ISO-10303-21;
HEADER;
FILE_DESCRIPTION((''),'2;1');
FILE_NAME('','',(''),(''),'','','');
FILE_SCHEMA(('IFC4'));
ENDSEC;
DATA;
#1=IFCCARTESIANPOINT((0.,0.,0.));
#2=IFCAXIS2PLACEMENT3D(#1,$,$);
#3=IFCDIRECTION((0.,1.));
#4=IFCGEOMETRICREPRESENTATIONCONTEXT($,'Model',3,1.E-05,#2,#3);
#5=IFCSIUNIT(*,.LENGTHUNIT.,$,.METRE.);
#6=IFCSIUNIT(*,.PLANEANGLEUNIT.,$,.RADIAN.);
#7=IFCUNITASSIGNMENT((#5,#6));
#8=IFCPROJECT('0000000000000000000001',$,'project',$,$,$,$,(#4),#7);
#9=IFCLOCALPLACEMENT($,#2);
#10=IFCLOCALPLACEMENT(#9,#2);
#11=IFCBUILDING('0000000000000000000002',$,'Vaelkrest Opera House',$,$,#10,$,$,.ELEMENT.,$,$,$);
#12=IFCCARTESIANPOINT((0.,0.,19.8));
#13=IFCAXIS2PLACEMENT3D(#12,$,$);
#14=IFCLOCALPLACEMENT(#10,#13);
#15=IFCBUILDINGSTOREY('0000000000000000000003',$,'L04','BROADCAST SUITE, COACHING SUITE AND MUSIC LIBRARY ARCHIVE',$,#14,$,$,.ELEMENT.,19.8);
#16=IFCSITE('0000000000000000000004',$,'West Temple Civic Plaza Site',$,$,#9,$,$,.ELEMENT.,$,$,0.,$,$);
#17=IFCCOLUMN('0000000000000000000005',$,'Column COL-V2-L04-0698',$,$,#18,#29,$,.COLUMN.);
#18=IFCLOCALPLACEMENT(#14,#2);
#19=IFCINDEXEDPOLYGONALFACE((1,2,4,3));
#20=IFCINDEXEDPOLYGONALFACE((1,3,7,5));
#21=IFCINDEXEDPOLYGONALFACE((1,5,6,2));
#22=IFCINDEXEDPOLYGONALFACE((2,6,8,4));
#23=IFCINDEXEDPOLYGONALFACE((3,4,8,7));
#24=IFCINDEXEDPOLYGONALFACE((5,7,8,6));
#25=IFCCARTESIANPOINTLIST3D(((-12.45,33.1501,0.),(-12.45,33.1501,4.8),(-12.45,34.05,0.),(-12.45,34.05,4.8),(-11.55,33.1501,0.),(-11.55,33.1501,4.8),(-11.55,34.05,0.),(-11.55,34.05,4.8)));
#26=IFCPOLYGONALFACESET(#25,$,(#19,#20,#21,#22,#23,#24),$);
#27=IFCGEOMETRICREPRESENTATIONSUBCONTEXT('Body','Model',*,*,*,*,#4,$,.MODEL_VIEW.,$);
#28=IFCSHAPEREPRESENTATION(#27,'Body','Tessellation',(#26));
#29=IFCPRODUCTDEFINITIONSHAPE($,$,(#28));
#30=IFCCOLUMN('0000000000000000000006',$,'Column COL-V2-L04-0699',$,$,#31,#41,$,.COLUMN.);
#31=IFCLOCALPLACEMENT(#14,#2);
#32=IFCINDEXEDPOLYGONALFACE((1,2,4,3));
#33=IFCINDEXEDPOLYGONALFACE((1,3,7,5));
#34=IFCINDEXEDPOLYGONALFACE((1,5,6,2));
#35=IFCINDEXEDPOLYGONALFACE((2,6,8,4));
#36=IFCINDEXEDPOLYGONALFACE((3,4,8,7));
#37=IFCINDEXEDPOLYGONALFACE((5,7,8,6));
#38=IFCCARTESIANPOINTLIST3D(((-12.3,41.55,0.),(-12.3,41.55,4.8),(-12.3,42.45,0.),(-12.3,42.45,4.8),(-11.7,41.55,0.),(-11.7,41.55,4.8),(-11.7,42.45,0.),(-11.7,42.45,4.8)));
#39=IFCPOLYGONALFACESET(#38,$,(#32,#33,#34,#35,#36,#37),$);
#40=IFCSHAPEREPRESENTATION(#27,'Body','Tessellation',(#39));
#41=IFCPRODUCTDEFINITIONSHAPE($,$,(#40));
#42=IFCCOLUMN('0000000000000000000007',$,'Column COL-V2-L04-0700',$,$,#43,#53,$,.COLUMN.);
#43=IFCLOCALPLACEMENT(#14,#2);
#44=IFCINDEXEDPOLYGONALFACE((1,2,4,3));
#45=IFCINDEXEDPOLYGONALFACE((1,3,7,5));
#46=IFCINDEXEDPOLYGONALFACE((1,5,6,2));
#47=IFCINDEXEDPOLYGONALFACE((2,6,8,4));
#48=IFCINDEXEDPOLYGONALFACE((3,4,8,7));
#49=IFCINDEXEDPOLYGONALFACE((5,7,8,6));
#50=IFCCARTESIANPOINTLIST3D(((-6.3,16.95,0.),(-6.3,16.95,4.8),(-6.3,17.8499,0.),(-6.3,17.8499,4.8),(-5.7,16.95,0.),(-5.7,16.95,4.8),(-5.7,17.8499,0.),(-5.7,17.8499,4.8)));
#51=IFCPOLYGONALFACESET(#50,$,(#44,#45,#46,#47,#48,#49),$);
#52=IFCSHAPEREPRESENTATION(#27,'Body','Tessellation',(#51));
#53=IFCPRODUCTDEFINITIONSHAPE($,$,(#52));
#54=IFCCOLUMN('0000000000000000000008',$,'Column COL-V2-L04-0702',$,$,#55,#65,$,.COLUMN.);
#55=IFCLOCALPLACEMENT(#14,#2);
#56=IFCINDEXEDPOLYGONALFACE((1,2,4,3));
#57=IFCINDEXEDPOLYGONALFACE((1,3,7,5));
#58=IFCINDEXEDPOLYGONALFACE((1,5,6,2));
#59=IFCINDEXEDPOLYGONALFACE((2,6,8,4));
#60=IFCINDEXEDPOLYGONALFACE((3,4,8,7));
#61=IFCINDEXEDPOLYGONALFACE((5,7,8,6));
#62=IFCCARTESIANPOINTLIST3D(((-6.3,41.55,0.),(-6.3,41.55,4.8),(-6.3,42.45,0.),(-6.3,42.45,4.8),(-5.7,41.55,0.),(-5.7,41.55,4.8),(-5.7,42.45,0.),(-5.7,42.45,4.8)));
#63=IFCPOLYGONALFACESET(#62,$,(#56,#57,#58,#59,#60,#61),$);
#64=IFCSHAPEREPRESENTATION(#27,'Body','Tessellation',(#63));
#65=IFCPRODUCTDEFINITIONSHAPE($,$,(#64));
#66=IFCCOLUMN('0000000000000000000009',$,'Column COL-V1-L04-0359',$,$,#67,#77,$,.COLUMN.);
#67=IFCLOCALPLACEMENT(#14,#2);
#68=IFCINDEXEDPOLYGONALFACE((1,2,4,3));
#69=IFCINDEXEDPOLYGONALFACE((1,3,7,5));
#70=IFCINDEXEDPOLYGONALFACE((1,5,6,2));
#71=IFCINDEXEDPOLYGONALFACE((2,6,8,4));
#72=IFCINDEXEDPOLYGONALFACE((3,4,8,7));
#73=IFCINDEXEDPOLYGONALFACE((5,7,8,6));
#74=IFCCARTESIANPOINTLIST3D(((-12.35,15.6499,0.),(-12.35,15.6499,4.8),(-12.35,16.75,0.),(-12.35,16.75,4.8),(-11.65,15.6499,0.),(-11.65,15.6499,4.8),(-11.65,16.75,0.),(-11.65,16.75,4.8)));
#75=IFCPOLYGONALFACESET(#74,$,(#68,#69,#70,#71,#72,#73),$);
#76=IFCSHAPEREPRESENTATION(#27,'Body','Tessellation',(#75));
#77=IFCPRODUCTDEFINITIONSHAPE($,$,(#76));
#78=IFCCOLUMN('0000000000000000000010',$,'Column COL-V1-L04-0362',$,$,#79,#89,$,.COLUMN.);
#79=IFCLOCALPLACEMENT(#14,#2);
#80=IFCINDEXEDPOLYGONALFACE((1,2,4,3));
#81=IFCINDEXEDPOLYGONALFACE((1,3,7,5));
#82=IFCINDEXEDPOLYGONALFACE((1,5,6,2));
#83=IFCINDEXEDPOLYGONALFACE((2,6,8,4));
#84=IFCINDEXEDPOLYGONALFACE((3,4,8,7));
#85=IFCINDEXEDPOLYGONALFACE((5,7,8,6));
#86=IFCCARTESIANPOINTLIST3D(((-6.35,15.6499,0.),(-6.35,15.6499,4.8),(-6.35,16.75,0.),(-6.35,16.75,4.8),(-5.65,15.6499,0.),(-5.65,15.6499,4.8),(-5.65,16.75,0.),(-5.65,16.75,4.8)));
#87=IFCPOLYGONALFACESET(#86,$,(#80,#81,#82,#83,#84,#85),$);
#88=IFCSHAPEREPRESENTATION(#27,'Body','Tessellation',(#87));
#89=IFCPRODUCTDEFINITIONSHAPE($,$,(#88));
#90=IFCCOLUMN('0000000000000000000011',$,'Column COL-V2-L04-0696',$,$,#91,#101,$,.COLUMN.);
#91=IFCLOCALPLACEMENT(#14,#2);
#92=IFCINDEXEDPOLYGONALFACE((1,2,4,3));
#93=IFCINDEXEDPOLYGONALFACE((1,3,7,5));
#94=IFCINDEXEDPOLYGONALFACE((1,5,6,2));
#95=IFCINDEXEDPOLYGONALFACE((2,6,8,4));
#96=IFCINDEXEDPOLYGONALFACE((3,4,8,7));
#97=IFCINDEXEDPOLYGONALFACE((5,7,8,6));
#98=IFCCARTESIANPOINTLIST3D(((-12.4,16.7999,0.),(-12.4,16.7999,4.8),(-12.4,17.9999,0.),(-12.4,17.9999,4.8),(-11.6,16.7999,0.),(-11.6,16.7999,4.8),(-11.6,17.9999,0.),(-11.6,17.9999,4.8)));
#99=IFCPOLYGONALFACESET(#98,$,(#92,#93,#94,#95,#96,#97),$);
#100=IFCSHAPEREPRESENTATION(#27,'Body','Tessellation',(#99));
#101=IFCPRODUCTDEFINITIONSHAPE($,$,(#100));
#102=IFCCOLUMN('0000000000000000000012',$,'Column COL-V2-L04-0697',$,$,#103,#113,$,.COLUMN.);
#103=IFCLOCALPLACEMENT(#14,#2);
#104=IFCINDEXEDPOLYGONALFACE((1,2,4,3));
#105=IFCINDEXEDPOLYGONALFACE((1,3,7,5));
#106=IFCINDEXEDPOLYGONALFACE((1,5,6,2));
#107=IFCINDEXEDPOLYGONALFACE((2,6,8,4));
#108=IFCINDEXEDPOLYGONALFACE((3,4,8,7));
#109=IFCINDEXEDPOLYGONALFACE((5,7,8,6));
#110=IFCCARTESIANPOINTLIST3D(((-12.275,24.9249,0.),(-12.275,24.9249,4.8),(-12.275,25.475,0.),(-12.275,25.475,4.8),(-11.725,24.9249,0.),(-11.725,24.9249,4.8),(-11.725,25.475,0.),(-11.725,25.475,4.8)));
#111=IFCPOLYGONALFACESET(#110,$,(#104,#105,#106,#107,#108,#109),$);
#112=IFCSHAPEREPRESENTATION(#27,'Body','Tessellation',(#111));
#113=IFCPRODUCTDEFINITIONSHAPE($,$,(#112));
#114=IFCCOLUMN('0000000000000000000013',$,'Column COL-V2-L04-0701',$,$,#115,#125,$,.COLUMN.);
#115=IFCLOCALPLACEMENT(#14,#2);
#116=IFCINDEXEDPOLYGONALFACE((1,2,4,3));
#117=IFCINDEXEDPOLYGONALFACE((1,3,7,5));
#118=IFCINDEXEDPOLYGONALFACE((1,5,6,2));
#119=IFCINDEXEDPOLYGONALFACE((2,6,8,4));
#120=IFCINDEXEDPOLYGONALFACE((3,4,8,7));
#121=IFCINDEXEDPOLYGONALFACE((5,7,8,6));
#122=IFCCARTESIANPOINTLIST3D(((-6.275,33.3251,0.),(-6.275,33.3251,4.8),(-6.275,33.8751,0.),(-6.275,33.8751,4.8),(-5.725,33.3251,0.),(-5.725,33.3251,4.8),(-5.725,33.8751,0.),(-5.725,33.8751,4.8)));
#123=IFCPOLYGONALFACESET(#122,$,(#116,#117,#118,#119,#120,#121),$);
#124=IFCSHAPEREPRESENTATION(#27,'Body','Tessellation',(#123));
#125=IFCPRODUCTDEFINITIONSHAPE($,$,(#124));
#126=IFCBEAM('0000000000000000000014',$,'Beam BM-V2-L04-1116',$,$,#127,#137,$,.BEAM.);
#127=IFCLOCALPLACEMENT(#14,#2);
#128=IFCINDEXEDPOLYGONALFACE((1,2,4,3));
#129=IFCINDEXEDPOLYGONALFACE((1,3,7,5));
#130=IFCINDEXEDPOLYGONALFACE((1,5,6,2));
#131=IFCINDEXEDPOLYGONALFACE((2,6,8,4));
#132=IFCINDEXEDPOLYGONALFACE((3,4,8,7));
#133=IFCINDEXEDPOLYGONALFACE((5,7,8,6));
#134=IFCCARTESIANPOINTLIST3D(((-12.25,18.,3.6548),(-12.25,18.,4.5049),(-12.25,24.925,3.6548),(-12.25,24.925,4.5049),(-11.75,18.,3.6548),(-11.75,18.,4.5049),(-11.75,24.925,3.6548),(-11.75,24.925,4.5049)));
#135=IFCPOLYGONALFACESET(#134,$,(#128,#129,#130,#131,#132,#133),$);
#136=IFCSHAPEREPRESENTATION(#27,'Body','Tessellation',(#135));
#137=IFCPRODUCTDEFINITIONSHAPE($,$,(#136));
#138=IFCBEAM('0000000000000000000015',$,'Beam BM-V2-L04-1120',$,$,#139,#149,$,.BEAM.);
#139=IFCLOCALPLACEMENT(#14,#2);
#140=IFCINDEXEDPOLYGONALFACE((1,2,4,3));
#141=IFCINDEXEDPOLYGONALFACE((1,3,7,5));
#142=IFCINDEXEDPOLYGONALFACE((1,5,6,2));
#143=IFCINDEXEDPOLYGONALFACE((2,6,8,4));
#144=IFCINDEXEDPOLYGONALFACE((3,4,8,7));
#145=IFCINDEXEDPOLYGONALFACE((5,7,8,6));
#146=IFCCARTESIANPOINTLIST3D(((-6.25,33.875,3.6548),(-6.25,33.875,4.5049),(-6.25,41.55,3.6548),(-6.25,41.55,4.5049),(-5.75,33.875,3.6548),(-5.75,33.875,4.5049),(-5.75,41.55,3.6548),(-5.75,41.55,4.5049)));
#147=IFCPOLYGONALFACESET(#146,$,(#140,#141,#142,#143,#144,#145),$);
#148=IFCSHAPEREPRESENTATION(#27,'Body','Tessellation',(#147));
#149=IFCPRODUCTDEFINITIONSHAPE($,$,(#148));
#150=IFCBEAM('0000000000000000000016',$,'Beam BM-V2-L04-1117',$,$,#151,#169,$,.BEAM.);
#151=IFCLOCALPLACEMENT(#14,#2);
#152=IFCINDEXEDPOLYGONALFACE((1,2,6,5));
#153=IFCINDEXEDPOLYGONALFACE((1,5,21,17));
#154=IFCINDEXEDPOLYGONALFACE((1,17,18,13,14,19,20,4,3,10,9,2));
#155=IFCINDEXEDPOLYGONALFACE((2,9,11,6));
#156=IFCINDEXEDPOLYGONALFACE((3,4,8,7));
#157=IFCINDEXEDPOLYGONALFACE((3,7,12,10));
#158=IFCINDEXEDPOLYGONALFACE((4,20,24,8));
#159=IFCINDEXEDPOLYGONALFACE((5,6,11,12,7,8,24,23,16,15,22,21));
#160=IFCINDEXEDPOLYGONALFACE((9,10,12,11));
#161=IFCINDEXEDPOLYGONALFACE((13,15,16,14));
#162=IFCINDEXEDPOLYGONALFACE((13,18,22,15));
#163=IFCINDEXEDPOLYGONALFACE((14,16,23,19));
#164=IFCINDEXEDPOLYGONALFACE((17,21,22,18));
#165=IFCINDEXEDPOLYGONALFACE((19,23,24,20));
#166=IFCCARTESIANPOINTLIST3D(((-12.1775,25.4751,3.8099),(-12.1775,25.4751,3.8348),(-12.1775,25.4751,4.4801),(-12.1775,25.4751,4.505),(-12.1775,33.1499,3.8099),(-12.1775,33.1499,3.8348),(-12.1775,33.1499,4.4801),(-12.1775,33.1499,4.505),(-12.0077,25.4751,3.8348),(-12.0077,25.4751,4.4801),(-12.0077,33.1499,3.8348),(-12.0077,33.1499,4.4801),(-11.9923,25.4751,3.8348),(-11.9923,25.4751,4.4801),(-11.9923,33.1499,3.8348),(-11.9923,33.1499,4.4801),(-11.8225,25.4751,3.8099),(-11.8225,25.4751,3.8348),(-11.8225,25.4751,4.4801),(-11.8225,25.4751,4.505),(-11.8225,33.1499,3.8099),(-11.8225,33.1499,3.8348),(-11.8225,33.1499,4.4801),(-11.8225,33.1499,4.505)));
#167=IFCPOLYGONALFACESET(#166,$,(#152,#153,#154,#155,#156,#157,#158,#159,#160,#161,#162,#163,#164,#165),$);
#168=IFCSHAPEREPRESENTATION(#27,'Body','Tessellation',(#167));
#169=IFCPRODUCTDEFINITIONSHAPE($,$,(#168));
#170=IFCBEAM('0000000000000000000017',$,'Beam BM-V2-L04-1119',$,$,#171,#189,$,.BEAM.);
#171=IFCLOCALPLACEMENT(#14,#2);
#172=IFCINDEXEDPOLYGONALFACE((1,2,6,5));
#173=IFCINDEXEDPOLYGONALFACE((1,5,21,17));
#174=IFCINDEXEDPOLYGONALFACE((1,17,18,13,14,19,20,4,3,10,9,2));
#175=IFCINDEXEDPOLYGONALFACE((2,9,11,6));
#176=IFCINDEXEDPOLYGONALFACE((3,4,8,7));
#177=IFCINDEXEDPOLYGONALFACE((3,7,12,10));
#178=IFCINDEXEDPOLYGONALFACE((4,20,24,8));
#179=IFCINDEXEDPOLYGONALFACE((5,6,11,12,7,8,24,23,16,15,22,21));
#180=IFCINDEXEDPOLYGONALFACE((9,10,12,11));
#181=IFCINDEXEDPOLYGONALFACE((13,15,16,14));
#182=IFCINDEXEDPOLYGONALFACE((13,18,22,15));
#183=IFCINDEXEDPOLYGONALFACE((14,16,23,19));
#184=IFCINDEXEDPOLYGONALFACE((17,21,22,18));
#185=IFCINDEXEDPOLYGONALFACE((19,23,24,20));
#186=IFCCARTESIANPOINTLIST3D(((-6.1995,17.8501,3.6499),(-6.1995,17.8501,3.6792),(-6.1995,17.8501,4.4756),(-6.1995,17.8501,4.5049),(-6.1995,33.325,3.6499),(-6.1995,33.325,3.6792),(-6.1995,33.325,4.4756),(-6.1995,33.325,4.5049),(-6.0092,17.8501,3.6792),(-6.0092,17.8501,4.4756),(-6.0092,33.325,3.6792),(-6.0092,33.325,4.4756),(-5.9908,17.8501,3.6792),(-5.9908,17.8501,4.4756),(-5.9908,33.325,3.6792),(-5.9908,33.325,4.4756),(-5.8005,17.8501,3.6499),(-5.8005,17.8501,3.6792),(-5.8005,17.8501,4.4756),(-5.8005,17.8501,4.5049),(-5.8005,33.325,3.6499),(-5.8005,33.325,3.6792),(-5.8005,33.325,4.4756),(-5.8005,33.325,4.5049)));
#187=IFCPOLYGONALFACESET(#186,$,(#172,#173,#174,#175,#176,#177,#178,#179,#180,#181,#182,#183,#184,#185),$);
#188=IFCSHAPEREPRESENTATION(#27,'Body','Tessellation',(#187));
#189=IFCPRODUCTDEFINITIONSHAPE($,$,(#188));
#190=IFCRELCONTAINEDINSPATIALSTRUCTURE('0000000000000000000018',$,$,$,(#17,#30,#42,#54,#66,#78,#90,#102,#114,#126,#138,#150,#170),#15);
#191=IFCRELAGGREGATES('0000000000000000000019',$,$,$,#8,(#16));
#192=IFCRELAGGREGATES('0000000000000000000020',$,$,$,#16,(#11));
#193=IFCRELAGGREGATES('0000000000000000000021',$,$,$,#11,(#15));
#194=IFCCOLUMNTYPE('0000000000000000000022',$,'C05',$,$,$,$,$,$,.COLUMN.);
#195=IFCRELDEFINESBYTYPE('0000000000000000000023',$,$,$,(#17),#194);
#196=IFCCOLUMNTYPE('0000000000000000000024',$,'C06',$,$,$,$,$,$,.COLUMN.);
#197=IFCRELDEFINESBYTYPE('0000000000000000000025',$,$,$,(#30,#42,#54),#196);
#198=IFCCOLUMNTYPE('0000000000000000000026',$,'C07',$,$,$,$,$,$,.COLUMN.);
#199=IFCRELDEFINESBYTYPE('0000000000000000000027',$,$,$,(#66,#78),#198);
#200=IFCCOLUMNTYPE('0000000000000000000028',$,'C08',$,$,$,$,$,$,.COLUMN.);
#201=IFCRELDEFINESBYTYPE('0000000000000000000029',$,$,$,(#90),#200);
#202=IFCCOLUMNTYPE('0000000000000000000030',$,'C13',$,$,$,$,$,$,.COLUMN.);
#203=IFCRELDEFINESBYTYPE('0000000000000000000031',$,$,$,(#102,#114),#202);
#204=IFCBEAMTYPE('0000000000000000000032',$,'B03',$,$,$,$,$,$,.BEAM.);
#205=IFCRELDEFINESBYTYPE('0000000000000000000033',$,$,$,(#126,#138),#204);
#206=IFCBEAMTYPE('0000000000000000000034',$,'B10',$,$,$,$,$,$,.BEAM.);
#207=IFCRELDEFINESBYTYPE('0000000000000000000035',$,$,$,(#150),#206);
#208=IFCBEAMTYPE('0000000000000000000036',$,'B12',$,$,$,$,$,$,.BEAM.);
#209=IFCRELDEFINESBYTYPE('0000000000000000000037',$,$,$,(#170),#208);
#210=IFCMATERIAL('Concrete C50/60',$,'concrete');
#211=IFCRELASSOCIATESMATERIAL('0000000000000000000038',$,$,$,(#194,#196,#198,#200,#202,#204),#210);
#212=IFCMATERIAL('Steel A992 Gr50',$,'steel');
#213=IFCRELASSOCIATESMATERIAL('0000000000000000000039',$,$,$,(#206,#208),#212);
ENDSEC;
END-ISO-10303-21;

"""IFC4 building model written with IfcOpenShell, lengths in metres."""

from ifc_helpers import new_model, si_unit, direction, frame, origin, origin_2d, place, context, subcontext, project, spatial, rectangle, i_section, extrude, material, material_profile, profile_set, type_object, element, save


model = new_model("IFC4")

# Units and contexts
model_context = context("Model", 3, precision=1e-05, world=origin(), true_north=direction((0.0, 1.0)))
body_context = subcontext(model_context, "Body", "Model", "MODEL_VIEW")
ifc_project = project(units=[si_unit("LENGTHUNIT", "METRE"), si_unit("PLANEANGLEUNIT", "RADIAN")], contexts=[model_context])

# Site, building, storey
site_placement = place(None, origin())
site = spatial("IfcSite", under=ifc_project, at=site_placement, Name="West Temple Civic Plaza Site", CompositionType="ELEMENT", RefElevation=0.0)
building_placement = place(site_placement, origin())
building = spatial("IfcBuilding", under=site, at=building_placement, Name="Vaelkrest Opera House", CompositionType="ELEMENT")
storey_placement = place(building_placement, frame((0.0, 0.0, 19.8)))
storey = spatial("IfcBuildingStorey", under=building, at=storey_placement, Name="L04", Description="BROADCAST SUITE, COACHING SUITE AND MUSIC LIBRARY ARCHIVE", CompositionType="ELEMENT", Elevation=19.8)

# Columns
ifc_material_1 = material(Name="Concrete C50/60", Category="concrete")
ifc_material_profile_1 = material_profile(ifc_material_1, rectangle(XDim=0.8999, YDim=0.8999, at=origin_2d()), Name="RC900X900")
ifc_profile_set_1 = profile_set([ifc_material_profile_1], Name="Concrete C50/60")
column_type_1 = type_object("IfcColumnType", Name="C05", PredefinedType="COLUMN", material=ifc_profile_set_1)
column_1_placement = place(storey_placement, frame((-12.0, 33.6001, 0.0), z_axis=(0.0, 0.0, 1.0), x_axis=(1.0, 0.0, 0.0)))
element("IfcColumn", 1, at=column_1_placement, inside=storey, type_object=column_type_1, Name="Column COL-V2-L04-0698", PredefinedType="COLUMN", context=body_context, shape_type="SweptSolid", body=[
    extrude(rectangle(XDim=0.8999, YDim=0.8999, at=origin_2d()), origin(), (0.0, 0.0, 1.0), 4.8),
])
ifc_material_profile_2 = material_profile(ifc_material_1, rectangle(XDim=0.6001, YDim=0.8999, at=origin_2d()), Name="RC600X900")
ifc_profile_set_2 = profile_set([ifc_material_profile_2], Name="Concrete C50/60")
column_type_2 = type_object("IfcColumnType", Name="C06", PredefinedType="COLUMN", material=ifc_profile_set_2)
for number, where, z_axis, x_axis, name in (
    (2, (-12.0, 42.0, 0.0), (0.0, 0.0, 1.0), (1.0, 0.0, 0.0), "Column COL-V2-L04-0699"),
    (3, (-6.0, 17.3999, 0.0), (0.0, 0.0, 1.0), (1.0, 0.0, 0.0), "Column COL-V2-L04-0700"),
    (4, (-6.0, 42.0, 0.0), (0.0, 0.0, 1.0), (1.0, 0.0, 0.0), "Column COL-V2-L04-0702"),
):
    element("IfcColumn", number, at=place(storey_placement, frame(where, z_axis=z_axis, x_axis=x_axis)), inside=storey, type_object=column_type_2, Name=name, PredefinedType="COLUMN", context=body_context, shape_type="SweptSolid", body=[
        extrude(rectangle(XDim=0.6001, YDim=0.8999, at=origin_2d()), origin(), (0.0, 0.0, 1.0), 4.8),
    ])
ifc_material_profile_3 = material_profile(ifc_material_1, rectangle(XDim=0.7, YDim=1.1001, at=origin_2d()), Name="RC700X1100")
ifc_profile_set_3 = profile_set([ifc_material_profile_3], Name="Concrete C50/60")
column_type_3 = type_object("IfcColumnType", Name="C07", PredefinedType="COLUMN", material=ifc_profile_set_3)
for number, where, z_axis, x_axis, name in (
    (5, (-12.0, 16.2, 0.0), (0.0, 0.0, 1.0), (1.0, 0.0, 0.0), "Column COL-V1-L04-0359"),
    (6, (-6.0, 16.2, 0.0), (0.0, 0.0, 1.0), (1.0, 0.0, 0.0), "Column COL-V1-L04-0362"),
):
    element("IfcColumn", number, at=place(storey_placement, frame(where, z_axis=z_axis, x_axis=x_axis)), inside=storey, type_object=column_type_3, Name=name, PredefinedType="COLUMN", context=body_context, shape_type="SweptSolid", body=[
        extrude(rectangle(XDim=0.7, YDim=1.1001, at=origin_2d()), origin(), (0.0, 0.0, 1.0), 4.8),
    ])
ifc_material_profile_4 = material_profile(ifc_material_1, rectangle(XDim=0.8, YDim=1.2, at=origin_2d()), Name="RC800X1200")
ifc_profile_set_4 = profile_set([ifc_material_profile_4], Name="Concrete C50/60")
column_type_4 = type_object("IfcColumnType", Name="C08", PredefinedType="COLUMN", material=ifc_profile_set_4)
column_2_placement = place(storey_placement, frame((-12.0, 17.3999, 0.0), z_axis=(0.0, 0.0, 1.0), x_axis=(1.0, 0.0, 0.0)))
element("IfcColumn", 7, at=column_2_placement, inside=storey, type_object=column_type_4, Name="Column COL-V2-L04-0696", PredefinedType="COLUMN", context=body_context, shape_type="SweptSolid", body=[
    extrude(rectangle(XDim=0.8, YDim=1.2, at=origin_2d()), origin(), (0.0, 0.0, 1.0), 4.8),
])
ifc_material_profile_5 = material_profile(ifc_material_1, rectangle(XDim=0.55, YDim=0.55, at=origin_2d()), Name="RC550X550")
ifc_profile_set_5 = profile_set([ifc_material_profile_5], Name="Concrete C50/60")
column_type_5 = type_object("IfcColumnType", Name="C13", PredefinedType="COLUMN", material=ifc_profile_set_5)
for number, where, z_axis, x_axis, name in (
    (8, (-12.0, 25.2, 0.0), (0.0, 0.0, 1.0), (1.0, 0.0, 0.0), "Column COL-V2-L04-0697"),
    (9, (-6.0, 33.6001, 0.0), (0.0, 0.0, 1.0), (1.0, 0.0, 0.0), "Column COL-V2-L04-0701"),
):
    element("IfcColumn", number, at=place(storey_placement, frame(where, z_axis=z_axis, x_axis=x_axis)), inside=storey, type_object=column_type_5, Name=name, PredefinedType="COLUMN", context=body_context, shape_type="SweptSolid", body=[
        extrude(rectangle(XDim=0.55, YDim=0.55, at=origin_2d()), origin(), (0.0, 0.0, 1.0), 4.8),
    ])

# Beams
ifc_material_profile_6 = material_profile(ifc_material_1, rectangle(XDim=0.5, YDim=0.8501, at=origin_2d()), Name="RCB500X850")
ifc_profile_set_6 = profile_set([ifc_material_profile_6], Name="Concrete C50/60")
beam_type_1 = type_object("IfcBeamType", Name="B03", PredefinedType="BEAM", material=ifc_profile_set_6)
beam_1_placement = place(storey_placement, frame((-12.0, 18.0, 4.0798), z_axis=(0.0, 1.0, 0.0), x_axis=(-1.0, 0.0, 0.0)))
element("IfcBeam", 10, at=beam_1_placement, inside=storey, type_object=beam_type_1, Name="Beam BM-V2-L04-1116", PredefinedType="BEAM", context=body_context, shape_type="SweptSolid", body=[
    extrude(rectangle(XDim=0.5, YDim=0.8501, at=origin_2d()), origin(), (0.0, 0.0, 1.0), 6.925),
])
beam_2_placement = place(storey_placement, frame((-6.0, 33.875, 4.0798), z_axis=(0.0, 1.0, 0.0), x_axis=(-1.0, 0.0, 0.0)))
element("IfcBeam", 11, at=beam_2_placement, inside=storey, type_object=beam_type_1, Name="Beam BM-V2-L04-1120", PredefinedType="BEAM", context=body_context, shape_type="SweptSolid", body=[
    extrude(rectangle(XDim=0.5, YDim=0.8501, at=origin_2d()), origin(), (0.0, 0.0, 1.0), 7.675),
])
ifc_material_2 = material(Name="Steel A992 Gr50", Category="steel")
ifc_material_profile_7 = material_profile(ifc_material_2, i_section(OverallWidth=0.355, OverallDepth=0.6951, WebThickness=0.0154, FlangeThickness=0.0249, at=origin_2d()), Name="W27X146")
ifc_profile_set_7 = profile_set([ifc_material_profile_7], Name="Steel A992 Gr50")
beam_type_2 = type_object("IfcBeamType", Name="B10", PredefinedType="BEAM", material=ifc_profile_set_7)
beam_3_placement = place(storey_placement, frame((-12.0, 25.4751, 4.1575), z_axis=(0.0, 1.0, 0.0), x_axis=(-1.0, 0.0, 0.0)))
element("IfcBeam", 12, at=beam_3_placement, inside=storey, type_object=beam_type_2, Name="Beam BM-V2-L04-1117", PredefinedType="BEAM", context=body_context, shape_type="SweptSolid", body=[
    extrude(i_section(OverallWidth=0.355, OverallDepth=0.6951, WebThickness=0.0154, FlangeThickness=0.0249, at=origin_2d()), origin(), (0.0, 0.0, 1.0), 7.6748),
])
ifc_material_profile_8 = material_profile(ifc_material_2, i_section(OverallWidth=0.3989, OverallDepth=0.855, WebThickness=0.0183, FlangeThickness=0.0293, at=origin_2d()), Name="W33X201")
ifc_profile_set_8 = profile_set([ifc_material_profile_8], Name="Steel A992 Gr50")
beam_type_3 = type_object("IfcBeamType", Name="B12", PredefinedType="BEAM", material=ifc_profile_set_8)
beam_4_placement = place(storey_placement, frame((-6.0, 17.8501, 4.0774), z_axis=(0.0, 1.0, 0.0), x_axis=(-1.0, 0.0, 0.0)))
element("IfcBeam", 13, at=beam_4_placement, inside=storey, type_object=beam_type_3, Name="Beam BM-V2-L04-1119", PredefinedType="BEAM", context=body_context, shape_type="SweptSolid", body=[
    extrude(i_section(OverallWidth=0.3989, OverallDepth=0.855, WebThickness=0.0183, FlangeThickness=0.0293, at=origin_2d()), origin(), (0.0, 0.0, 1.0), 15.4749),
])

save(model, "model.ifc")
